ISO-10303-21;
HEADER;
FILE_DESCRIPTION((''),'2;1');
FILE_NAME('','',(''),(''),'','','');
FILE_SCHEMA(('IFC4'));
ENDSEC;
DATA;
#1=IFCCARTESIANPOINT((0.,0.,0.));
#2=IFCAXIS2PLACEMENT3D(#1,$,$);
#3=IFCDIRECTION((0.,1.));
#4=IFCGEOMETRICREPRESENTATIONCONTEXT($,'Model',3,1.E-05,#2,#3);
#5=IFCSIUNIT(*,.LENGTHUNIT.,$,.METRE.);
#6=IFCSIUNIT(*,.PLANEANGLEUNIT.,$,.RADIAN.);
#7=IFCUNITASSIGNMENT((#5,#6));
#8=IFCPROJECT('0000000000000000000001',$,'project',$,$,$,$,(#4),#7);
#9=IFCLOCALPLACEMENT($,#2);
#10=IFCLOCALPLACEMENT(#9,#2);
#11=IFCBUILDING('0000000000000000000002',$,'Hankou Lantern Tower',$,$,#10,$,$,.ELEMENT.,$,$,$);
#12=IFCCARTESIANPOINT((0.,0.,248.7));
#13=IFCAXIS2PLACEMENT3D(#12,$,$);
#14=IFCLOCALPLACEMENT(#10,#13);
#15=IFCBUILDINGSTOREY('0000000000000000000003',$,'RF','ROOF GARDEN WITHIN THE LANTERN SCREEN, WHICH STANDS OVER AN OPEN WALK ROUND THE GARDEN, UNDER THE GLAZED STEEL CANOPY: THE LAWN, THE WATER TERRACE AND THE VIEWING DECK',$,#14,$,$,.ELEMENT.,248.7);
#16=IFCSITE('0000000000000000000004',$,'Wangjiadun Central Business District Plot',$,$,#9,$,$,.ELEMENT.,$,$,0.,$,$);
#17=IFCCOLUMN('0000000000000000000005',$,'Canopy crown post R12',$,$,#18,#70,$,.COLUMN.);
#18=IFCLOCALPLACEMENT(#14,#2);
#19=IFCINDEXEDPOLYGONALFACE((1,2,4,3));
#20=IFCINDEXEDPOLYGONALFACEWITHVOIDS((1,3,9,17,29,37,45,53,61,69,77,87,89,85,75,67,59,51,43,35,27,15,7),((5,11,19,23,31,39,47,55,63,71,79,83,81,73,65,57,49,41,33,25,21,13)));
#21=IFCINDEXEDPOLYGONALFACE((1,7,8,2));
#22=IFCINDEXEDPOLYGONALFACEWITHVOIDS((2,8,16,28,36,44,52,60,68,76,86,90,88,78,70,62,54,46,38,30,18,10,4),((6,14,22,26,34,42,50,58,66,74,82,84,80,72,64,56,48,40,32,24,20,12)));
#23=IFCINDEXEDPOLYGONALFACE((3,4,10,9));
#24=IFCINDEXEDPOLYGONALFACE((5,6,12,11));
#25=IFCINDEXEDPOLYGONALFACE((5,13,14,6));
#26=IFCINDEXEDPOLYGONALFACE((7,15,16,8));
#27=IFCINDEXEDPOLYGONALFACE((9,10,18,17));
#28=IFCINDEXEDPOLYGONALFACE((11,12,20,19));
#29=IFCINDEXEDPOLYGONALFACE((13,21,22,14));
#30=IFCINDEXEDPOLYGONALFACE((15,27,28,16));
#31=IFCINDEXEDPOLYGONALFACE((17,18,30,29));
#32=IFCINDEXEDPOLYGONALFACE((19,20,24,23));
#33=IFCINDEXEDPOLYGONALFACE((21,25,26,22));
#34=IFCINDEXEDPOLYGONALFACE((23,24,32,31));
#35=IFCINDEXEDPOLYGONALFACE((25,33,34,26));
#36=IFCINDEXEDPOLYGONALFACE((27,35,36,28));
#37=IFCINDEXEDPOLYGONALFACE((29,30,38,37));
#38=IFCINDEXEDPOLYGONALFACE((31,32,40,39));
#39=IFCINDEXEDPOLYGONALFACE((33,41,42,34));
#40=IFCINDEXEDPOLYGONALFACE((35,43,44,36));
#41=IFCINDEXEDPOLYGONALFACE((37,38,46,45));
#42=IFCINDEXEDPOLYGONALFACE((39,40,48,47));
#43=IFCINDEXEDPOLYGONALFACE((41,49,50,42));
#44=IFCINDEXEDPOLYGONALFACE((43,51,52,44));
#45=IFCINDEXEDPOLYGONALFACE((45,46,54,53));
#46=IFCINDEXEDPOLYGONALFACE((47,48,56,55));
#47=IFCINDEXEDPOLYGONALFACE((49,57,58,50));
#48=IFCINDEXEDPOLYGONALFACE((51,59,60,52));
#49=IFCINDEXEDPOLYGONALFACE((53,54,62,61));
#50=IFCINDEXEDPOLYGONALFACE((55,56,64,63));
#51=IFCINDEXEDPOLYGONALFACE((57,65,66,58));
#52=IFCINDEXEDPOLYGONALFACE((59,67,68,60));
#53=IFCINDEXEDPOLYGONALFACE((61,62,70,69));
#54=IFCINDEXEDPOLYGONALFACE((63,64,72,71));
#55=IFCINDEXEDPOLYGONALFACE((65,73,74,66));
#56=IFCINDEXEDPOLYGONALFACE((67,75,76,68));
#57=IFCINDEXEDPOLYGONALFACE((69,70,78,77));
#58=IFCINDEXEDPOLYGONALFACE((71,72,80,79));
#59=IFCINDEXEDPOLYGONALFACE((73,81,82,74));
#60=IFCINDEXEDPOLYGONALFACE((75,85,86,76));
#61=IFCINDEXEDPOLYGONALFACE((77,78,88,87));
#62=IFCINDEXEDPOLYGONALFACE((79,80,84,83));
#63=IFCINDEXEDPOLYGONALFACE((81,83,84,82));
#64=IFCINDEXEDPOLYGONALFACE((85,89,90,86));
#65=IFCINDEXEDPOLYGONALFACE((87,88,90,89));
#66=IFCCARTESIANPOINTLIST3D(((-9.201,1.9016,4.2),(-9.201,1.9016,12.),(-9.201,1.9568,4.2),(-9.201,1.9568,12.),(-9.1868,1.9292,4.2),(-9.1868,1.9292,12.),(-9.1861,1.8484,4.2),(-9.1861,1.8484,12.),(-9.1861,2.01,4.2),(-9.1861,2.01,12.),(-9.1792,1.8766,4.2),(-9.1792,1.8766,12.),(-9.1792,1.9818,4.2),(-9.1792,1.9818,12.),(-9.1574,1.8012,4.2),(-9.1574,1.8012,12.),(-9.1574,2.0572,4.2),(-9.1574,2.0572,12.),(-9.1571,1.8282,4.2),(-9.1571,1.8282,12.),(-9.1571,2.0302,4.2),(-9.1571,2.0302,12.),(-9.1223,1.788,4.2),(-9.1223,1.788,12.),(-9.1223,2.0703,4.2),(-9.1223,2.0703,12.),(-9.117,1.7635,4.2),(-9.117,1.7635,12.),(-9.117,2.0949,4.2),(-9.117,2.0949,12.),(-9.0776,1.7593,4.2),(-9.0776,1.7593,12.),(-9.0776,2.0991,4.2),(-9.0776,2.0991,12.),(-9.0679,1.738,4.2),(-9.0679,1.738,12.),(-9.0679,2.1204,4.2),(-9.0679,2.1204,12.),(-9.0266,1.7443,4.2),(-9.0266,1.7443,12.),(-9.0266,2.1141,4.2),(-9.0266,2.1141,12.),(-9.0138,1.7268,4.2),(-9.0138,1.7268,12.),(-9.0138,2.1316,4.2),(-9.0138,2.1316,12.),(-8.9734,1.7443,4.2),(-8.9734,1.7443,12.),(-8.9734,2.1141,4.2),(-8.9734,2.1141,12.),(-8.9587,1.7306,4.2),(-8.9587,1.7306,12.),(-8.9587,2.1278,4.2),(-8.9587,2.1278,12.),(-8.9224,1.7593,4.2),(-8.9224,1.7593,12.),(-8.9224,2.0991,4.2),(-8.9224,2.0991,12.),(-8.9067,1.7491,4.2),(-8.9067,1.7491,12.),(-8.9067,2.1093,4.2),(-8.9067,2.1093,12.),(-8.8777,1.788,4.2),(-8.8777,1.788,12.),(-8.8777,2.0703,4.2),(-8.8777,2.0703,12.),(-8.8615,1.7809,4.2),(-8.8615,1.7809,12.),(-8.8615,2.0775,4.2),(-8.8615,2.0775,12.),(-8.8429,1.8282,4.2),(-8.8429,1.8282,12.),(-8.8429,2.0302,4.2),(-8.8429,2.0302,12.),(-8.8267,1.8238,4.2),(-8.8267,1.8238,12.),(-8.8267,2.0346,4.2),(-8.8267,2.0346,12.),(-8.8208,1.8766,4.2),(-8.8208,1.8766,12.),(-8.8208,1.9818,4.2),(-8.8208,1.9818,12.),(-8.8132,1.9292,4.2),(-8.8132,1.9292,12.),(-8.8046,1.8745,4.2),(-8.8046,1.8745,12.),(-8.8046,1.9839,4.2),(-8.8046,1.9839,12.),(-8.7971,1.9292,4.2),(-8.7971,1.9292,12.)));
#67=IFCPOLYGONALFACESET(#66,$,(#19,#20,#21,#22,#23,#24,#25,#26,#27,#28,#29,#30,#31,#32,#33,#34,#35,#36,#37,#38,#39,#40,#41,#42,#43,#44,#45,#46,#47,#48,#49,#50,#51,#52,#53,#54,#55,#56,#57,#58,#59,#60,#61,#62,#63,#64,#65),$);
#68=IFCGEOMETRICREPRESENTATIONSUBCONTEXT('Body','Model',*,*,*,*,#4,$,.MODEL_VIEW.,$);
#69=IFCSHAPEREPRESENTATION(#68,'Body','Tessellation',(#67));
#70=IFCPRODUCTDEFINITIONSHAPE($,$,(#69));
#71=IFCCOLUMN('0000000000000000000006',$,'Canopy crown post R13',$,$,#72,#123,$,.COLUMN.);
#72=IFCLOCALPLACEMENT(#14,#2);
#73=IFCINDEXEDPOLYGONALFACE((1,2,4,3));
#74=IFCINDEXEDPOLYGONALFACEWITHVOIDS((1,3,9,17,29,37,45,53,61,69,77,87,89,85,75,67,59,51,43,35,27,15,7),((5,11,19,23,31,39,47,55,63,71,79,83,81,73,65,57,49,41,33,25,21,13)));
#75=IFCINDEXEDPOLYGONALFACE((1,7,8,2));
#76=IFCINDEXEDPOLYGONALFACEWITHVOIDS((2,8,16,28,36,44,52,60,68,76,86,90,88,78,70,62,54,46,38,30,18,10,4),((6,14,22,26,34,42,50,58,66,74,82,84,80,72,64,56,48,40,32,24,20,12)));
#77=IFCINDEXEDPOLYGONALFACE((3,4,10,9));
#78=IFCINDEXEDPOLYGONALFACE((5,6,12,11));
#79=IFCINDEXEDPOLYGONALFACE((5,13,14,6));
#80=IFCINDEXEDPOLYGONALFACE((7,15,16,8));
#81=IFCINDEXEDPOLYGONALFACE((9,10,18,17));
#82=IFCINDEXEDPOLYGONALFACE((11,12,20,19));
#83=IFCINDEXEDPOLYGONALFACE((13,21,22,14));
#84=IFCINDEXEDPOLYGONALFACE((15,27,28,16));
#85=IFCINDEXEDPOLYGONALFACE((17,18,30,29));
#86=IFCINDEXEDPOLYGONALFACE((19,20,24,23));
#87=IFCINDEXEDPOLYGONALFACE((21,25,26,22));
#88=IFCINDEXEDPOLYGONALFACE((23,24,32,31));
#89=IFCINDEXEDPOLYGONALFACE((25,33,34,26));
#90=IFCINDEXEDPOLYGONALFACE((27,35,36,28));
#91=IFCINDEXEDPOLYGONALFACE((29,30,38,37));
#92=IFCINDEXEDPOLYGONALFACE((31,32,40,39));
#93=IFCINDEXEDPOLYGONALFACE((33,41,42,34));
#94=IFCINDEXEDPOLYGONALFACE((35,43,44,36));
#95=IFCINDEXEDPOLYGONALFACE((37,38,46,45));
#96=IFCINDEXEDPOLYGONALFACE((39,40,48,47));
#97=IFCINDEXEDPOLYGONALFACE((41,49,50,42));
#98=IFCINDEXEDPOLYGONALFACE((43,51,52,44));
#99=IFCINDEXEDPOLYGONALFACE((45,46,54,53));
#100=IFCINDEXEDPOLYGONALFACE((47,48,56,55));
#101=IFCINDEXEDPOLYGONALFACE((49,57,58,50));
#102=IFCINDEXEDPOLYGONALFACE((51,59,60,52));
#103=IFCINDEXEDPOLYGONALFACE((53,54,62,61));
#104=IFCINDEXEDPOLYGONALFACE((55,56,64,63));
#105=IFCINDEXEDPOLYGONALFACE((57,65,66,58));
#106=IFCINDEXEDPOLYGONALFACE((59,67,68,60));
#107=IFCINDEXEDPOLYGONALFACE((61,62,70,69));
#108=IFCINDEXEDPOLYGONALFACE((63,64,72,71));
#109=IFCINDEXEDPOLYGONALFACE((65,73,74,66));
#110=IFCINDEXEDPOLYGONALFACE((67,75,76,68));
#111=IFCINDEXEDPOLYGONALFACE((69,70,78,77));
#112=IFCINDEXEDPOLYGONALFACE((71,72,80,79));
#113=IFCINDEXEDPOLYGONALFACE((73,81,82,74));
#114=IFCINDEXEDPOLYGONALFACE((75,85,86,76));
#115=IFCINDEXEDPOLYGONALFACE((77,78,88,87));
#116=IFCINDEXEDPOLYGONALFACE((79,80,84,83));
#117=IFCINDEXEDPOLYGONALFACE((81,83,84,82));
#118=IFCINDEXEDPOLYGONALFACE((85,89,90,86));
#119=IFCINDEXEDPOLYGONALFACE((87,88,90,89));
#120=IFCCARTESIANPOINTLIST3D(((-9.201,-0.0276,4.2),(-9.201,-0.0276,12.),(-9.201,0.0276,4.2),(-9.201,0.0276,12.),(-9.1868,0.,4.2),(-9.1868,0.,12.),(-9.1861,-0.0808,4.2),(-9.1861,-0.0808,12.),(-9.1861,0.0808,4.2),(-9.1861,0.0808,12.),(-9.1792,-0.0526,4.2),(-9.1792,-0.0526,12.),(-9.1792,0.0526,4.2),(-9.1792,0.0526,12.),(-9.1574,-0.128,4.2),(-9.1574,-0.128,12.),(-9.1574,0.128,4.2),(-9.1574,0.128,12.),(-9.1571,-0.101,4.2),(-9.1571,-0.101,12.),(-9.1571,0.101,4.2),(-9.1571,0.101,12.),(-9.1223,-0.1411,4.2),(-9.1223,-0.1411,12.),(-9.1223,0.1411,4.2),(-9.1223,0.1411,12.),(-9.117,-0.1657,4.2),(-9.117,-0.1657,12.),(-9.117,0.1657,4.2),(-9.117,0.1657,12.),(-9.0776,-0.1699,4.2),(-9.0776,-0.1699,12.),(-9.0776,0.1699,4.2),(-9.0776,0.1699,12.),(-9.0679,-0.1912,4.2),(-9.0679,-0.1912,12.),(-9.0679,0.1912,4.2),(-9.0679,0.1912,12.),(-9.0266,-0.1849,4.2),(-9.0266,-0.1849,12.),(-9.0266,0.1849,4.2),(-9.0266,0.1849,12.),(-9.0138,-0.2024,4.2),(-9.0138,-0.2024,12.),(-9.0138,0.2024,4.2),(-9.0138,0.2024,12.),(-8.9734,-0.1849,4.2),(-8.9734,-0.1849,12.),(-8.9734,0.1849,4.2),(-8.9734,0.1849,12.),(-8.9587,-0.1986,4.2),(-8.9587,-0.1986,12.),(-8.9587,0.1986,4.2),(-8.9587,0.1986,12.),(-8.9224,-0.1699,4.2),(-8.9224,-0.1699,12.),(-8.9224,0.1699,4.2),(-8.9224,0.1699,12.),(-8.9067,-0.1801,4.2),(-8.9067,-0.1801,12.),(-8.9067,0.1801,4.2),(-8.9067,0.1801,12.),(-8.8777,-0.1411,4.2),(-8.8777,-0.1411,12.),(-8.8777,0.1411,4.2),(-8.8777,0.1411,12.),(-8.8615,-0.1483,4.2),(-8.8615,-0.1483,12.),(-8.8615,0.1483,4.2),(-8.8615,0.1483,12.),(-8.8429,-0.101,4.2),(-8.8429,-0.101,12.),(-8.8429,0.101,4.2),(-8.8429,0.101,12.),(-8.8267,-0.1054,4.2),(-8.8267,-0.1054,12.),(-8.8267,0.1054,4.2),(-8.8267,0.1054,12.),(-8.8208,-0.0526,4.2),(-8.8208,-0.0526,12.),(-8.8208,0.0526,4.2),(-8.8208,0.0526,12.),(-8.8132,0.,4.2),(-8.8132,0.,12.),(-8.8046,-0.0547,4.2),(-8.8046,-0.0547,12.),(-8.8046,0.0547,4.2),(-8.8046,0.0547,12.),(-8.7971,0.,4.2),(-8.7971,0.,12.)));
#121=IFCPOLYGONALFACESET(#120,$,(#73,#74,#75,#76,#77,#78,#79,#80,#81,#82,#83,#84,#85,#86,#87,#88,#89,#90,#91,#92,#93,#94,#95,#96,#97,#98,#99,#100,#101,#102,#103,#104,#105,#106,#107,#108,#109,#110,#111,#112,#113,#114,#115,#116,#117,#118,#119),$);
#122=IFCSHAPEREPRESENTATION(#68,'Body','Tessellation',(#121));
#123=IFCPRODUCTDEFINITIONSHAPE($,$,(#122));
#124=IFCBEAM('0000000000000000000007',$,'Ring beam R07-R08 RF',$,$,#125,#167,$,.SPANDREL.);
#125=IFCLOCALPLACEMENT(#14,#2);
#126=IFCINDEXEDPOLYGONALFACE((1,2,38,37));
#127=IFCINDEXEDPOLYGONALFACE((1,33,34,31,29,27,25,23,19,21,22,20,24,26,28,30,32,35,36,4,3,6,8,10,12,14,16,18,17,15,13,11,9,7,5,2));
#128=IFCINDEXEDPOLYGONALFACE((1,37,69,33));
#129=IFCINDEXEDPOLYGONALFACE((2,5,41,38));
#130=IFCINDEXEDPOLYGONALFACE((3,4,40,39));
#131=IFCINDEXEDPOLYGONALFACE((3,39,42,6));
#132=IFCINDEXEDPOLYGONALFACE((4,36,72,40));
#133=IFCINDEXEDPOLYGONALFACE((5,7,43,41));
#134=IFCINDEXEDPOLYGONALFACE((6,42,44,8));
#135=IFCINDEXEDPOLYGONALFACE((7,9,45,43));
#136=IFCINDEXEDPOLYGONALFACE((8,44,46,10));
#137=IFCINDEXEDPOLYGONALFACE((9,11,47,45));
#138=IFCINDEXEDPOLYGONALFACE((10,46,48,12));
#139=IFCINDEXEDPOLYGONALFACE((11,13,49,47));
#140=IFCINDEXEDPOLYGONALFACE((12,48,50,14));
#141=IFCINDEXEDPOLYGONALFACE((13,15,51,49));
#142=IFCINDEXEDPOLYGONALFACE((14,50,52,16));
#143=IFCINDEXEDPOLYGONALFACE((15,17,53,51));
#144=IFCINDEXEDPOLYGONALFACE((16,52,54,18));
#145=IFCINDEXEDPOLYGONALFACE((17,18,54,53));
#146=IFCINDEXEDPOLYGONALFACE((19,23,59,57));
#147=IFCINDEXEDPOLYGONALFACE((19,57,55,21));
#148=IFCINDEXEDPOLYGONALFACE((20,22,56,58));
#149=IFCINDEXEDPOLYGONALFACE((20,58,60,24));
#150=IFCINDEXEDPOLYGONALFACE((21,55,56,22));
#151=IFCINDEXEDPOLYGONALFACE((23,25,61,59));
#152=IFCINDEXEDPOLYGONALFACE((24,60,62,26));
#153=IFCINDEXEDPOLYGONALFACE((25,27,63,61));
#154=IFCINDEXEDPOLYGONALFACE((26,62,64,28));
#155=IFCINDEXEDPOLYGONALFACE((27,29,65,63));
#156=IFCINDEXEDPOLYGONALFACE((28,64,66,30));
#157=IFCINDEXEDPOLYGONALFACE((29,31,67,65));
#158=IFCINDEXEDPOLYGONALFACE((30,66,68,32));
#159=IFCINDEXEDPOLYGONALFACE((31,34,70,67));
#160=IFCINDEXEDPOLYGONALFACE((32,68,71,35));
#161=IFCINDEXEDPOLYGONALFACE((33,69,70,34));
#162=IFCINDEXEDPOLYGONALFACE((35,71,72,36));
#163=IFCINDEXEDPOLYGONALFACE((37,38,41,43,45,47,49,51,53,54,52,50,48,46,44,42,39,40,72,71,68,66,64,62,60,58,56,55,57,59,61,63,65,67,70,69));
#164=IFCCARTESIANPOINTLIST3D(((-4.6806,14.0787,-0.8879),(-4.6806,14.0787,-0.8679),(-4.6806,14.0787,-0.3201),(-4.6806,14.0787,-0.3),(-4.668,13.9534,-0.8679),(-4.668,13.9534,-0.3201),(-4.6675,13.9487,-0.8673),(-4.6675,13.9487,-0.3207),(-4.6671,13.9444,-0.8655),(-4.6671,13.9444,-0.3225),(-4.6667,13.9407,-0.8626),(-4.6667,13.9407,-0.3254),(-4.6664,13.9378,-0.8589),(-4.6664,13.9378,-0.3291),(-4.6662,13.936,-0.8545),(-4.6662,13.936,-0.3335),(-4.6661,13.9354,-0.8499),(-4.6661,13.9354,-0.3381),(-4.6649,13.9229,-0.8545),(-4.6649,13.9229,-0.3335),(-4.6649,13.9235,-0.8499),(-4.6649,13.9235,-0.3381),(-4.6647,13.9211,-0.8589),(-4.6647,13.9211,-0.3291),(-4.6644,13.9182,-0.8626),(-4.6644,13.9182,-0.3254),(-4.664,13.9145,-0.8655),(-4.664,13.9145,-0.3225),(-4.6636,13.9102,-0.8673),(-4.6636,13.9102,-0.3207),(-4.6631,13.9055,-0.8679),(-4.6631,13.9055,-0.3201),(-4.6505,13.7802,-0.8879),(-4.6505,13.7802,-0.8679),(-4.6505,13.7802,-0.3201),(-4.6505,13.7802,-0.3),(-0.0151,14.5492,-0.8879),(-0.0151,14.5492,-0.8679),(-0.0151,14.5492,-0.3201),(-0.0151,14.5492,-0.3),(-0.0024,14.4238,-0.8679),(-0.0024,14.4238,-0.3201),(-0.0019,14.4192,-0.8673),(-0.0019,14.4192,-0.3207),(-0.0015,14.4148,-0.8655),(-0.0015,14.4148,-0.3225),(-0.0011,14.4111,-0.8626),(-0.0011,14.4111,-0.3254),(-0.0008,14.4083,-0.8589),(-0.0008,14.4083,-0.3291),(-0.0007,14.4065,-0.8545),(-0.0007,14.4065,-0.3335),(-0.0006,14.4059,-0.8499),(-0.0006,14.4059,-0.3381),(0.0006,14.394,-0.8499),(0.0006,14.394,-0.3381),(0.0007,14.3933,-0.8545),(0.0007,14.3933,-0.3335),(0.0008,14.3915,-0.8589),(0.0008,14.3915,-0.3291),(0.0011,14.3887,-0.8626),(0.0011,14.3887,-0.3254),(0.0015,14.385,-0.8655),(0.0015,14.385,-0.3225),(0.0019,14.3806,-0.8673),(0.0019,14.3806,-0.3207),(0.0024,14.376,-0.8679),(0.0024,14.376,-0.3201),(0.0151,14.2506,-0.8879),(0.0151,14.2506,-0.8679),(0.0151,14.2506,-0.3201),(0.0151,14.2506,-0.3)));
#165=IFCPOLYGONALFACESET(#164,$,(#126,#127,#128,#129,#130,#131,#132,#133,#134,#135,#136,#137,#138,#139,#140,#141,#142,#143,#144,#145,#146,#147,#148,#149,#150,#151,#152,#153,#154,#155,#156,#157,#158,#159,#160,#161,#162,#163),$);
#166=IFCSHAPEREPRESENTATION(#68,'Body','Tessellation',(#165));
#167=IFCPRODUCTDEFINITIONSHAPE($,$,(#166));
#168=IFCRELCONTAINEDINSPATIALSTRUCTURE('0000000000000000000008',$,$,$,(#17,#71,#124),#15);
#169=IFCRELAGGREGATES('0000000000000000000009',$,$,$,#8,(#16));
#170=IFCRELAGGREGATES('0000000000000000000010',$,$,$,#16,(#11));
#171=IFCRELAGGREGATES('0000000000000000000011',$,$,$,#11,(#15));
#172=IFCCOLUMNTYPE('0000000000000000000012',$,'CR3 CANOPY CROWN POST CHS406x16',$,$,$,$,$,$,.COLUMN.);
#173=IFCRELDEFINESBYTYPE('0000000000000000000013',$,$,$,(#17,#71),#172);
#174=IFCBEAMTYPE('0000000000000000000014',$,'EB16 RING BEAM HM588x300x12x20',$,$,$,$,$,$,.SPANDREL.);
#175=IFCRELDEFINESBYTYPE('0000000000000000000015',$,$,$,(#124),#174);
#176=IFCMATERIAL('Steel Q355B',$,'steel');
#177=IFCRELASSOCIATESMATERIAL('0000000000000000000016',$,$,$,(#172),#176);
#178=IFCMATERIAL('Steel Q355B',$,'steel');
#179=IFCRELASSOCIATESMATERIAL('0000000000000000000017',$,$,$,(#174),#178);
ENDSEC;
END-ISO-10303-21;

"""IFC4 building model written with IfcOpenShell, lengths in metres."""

from ifc_helpers import new_model, si_unit, direction, frame, origin, origin_2d, place, context, subcontext, project, spatial, hollow_circle, i_section, extrude, material, material_profile, profile_set, type_object, element, save


model = new_model("IFC4")

# Units and contexts
model_context = context("Model", 3, precision=1e-05, world=origin(), true_north=direction((0.0, 1.0)))
body_context = subcontext(model_context, "Body", "Model", "MODEL_VIEW")
ifc_project = project(units=[si_unit("LENGTHUNIT", "METRE"), si_unit("PLANEANGLEUNIT", "RADIAN")], contexts=[model_context])

# Site, building, storey
site_placement = place(None, origin())
site = spatial("IfcSite", under=ifc_project, at=site_placement, Name="Wangjiadun Central Business District Plot", CompositionType="ELEMENT", RefElevation=0.0)
building_placement = place(site_placement, origin())
building = spatial("IfcBuilding", under=site, at=building_placement, Name="Hankou Lantern Tower", CompositionType="ELEMENT")
storey_placement = place(building_placement, frame((0.0, 0.0, 248.7)))
storey = spatial("IfcBuildingStorey", under=building, at=storey_placement, Name="RF", Description="ROOF GARDEN WITHIN THE LANTERN SCREEN, WHICH STANDS OVER AN OPEN WALK ROUND THE GARDEN, UNDER THE GLAZED STEEL CANOPY: THE LAWN, THE WATER TERRACE AND THE VIEWING DECK", CompositionType="ELEMENT", Elevation=248.7)

# Columns
ifc_material_1 = material(Name="Steel Q355B", Category="steel")
ifc_material_profile_1 = material_profile(ifc_material_1, hollow_circle(Radius=0.2029, WallThickness=0.0161, at=origin_2d()), Name="CHS406x16")
ifc_profile_set_1 = profile_set([ifc_material_profile_1], Name="Steel Q355B")
column_type_1 = type_object("IfcColumnType", Name="CR3 CANOPY CROWN POST CHS406x16", PredefinedType="COLUMN", material=ifc_profile_set_1)
for number, where, z_axis, x_axis, name in (
    (1, (-9.0, 1.9292, 4.2), (0.0, 0.0, 1.0), (1.0, 0.0, 0.0), "Canopy crown post R12"),
    (2, (-9.0, 0.0, 4.2), (0.0, 0.0, 1.0), (1.0, 0.0, 0.0), "Canopy crown post R13"),
):
    element("IfcColumn", number, at=place(storey_placement, frame(where, z_axis=z_axis, x_axis=x_axis)), inside=storey, type_object=column_type_1, Name=name, PredefinedType="COLUMN", context=body_context, shape_type="SweptSolid", body=[
        extrude(hollow_circle(Radius=0.2029, WallThickness=0.0161, at=origin_2d()), origin(), (0.0, 0.0, 1.0), 7.8),
    ])

# Beam
ifc_material_2 = material(Name="Steel Q355B", Category="steel")
ifc_material_profile_2 = material_profile(ifc_material_2, i_section(OverallWidth=0.3, OverallDepth=0.5879, WebThickness=0.012, FlangeThickness=0.02, FilletRadius=0.0181, at=origin_2d()), Name="HM588x300x12x20")
ifc_profile_set_2 = profile_set([ifc_material_profile_2], Name="Steel Q355B")
beam_type_1 = type_object("IfcBeamType", Name="EB16 RING BEAM HM588x300x12x20", PredefinedType="SPANDREL", material=ifc_profile_set_2)
beam_1_placement = place(storey_placement, frame((0.0, 14.3999, -0.594), z_axis=(-0.994954, -0.100328, 0.0), x_axis=(0.100328, -0.994954, 0.0)))
element("IfcBeam", 3, at=beam_1_placement, inside=storey, type_object=beam_type_1, Name="Ring beam R07-R08 RF", PredefinedType="SPANDREL", context=body_context, shape_type="SweptSolid", body=[
    extrude(i_section(OverallWidth=0.3, OverallDepth=0.5879, WebThickness=0.012, FlangeThickness=0.02, FilletRadius=0.0181, at=origin_2d()), origin(), (0.0, 0.0, 1.0), 4.6892),
])

save(model, "model.ifc")
